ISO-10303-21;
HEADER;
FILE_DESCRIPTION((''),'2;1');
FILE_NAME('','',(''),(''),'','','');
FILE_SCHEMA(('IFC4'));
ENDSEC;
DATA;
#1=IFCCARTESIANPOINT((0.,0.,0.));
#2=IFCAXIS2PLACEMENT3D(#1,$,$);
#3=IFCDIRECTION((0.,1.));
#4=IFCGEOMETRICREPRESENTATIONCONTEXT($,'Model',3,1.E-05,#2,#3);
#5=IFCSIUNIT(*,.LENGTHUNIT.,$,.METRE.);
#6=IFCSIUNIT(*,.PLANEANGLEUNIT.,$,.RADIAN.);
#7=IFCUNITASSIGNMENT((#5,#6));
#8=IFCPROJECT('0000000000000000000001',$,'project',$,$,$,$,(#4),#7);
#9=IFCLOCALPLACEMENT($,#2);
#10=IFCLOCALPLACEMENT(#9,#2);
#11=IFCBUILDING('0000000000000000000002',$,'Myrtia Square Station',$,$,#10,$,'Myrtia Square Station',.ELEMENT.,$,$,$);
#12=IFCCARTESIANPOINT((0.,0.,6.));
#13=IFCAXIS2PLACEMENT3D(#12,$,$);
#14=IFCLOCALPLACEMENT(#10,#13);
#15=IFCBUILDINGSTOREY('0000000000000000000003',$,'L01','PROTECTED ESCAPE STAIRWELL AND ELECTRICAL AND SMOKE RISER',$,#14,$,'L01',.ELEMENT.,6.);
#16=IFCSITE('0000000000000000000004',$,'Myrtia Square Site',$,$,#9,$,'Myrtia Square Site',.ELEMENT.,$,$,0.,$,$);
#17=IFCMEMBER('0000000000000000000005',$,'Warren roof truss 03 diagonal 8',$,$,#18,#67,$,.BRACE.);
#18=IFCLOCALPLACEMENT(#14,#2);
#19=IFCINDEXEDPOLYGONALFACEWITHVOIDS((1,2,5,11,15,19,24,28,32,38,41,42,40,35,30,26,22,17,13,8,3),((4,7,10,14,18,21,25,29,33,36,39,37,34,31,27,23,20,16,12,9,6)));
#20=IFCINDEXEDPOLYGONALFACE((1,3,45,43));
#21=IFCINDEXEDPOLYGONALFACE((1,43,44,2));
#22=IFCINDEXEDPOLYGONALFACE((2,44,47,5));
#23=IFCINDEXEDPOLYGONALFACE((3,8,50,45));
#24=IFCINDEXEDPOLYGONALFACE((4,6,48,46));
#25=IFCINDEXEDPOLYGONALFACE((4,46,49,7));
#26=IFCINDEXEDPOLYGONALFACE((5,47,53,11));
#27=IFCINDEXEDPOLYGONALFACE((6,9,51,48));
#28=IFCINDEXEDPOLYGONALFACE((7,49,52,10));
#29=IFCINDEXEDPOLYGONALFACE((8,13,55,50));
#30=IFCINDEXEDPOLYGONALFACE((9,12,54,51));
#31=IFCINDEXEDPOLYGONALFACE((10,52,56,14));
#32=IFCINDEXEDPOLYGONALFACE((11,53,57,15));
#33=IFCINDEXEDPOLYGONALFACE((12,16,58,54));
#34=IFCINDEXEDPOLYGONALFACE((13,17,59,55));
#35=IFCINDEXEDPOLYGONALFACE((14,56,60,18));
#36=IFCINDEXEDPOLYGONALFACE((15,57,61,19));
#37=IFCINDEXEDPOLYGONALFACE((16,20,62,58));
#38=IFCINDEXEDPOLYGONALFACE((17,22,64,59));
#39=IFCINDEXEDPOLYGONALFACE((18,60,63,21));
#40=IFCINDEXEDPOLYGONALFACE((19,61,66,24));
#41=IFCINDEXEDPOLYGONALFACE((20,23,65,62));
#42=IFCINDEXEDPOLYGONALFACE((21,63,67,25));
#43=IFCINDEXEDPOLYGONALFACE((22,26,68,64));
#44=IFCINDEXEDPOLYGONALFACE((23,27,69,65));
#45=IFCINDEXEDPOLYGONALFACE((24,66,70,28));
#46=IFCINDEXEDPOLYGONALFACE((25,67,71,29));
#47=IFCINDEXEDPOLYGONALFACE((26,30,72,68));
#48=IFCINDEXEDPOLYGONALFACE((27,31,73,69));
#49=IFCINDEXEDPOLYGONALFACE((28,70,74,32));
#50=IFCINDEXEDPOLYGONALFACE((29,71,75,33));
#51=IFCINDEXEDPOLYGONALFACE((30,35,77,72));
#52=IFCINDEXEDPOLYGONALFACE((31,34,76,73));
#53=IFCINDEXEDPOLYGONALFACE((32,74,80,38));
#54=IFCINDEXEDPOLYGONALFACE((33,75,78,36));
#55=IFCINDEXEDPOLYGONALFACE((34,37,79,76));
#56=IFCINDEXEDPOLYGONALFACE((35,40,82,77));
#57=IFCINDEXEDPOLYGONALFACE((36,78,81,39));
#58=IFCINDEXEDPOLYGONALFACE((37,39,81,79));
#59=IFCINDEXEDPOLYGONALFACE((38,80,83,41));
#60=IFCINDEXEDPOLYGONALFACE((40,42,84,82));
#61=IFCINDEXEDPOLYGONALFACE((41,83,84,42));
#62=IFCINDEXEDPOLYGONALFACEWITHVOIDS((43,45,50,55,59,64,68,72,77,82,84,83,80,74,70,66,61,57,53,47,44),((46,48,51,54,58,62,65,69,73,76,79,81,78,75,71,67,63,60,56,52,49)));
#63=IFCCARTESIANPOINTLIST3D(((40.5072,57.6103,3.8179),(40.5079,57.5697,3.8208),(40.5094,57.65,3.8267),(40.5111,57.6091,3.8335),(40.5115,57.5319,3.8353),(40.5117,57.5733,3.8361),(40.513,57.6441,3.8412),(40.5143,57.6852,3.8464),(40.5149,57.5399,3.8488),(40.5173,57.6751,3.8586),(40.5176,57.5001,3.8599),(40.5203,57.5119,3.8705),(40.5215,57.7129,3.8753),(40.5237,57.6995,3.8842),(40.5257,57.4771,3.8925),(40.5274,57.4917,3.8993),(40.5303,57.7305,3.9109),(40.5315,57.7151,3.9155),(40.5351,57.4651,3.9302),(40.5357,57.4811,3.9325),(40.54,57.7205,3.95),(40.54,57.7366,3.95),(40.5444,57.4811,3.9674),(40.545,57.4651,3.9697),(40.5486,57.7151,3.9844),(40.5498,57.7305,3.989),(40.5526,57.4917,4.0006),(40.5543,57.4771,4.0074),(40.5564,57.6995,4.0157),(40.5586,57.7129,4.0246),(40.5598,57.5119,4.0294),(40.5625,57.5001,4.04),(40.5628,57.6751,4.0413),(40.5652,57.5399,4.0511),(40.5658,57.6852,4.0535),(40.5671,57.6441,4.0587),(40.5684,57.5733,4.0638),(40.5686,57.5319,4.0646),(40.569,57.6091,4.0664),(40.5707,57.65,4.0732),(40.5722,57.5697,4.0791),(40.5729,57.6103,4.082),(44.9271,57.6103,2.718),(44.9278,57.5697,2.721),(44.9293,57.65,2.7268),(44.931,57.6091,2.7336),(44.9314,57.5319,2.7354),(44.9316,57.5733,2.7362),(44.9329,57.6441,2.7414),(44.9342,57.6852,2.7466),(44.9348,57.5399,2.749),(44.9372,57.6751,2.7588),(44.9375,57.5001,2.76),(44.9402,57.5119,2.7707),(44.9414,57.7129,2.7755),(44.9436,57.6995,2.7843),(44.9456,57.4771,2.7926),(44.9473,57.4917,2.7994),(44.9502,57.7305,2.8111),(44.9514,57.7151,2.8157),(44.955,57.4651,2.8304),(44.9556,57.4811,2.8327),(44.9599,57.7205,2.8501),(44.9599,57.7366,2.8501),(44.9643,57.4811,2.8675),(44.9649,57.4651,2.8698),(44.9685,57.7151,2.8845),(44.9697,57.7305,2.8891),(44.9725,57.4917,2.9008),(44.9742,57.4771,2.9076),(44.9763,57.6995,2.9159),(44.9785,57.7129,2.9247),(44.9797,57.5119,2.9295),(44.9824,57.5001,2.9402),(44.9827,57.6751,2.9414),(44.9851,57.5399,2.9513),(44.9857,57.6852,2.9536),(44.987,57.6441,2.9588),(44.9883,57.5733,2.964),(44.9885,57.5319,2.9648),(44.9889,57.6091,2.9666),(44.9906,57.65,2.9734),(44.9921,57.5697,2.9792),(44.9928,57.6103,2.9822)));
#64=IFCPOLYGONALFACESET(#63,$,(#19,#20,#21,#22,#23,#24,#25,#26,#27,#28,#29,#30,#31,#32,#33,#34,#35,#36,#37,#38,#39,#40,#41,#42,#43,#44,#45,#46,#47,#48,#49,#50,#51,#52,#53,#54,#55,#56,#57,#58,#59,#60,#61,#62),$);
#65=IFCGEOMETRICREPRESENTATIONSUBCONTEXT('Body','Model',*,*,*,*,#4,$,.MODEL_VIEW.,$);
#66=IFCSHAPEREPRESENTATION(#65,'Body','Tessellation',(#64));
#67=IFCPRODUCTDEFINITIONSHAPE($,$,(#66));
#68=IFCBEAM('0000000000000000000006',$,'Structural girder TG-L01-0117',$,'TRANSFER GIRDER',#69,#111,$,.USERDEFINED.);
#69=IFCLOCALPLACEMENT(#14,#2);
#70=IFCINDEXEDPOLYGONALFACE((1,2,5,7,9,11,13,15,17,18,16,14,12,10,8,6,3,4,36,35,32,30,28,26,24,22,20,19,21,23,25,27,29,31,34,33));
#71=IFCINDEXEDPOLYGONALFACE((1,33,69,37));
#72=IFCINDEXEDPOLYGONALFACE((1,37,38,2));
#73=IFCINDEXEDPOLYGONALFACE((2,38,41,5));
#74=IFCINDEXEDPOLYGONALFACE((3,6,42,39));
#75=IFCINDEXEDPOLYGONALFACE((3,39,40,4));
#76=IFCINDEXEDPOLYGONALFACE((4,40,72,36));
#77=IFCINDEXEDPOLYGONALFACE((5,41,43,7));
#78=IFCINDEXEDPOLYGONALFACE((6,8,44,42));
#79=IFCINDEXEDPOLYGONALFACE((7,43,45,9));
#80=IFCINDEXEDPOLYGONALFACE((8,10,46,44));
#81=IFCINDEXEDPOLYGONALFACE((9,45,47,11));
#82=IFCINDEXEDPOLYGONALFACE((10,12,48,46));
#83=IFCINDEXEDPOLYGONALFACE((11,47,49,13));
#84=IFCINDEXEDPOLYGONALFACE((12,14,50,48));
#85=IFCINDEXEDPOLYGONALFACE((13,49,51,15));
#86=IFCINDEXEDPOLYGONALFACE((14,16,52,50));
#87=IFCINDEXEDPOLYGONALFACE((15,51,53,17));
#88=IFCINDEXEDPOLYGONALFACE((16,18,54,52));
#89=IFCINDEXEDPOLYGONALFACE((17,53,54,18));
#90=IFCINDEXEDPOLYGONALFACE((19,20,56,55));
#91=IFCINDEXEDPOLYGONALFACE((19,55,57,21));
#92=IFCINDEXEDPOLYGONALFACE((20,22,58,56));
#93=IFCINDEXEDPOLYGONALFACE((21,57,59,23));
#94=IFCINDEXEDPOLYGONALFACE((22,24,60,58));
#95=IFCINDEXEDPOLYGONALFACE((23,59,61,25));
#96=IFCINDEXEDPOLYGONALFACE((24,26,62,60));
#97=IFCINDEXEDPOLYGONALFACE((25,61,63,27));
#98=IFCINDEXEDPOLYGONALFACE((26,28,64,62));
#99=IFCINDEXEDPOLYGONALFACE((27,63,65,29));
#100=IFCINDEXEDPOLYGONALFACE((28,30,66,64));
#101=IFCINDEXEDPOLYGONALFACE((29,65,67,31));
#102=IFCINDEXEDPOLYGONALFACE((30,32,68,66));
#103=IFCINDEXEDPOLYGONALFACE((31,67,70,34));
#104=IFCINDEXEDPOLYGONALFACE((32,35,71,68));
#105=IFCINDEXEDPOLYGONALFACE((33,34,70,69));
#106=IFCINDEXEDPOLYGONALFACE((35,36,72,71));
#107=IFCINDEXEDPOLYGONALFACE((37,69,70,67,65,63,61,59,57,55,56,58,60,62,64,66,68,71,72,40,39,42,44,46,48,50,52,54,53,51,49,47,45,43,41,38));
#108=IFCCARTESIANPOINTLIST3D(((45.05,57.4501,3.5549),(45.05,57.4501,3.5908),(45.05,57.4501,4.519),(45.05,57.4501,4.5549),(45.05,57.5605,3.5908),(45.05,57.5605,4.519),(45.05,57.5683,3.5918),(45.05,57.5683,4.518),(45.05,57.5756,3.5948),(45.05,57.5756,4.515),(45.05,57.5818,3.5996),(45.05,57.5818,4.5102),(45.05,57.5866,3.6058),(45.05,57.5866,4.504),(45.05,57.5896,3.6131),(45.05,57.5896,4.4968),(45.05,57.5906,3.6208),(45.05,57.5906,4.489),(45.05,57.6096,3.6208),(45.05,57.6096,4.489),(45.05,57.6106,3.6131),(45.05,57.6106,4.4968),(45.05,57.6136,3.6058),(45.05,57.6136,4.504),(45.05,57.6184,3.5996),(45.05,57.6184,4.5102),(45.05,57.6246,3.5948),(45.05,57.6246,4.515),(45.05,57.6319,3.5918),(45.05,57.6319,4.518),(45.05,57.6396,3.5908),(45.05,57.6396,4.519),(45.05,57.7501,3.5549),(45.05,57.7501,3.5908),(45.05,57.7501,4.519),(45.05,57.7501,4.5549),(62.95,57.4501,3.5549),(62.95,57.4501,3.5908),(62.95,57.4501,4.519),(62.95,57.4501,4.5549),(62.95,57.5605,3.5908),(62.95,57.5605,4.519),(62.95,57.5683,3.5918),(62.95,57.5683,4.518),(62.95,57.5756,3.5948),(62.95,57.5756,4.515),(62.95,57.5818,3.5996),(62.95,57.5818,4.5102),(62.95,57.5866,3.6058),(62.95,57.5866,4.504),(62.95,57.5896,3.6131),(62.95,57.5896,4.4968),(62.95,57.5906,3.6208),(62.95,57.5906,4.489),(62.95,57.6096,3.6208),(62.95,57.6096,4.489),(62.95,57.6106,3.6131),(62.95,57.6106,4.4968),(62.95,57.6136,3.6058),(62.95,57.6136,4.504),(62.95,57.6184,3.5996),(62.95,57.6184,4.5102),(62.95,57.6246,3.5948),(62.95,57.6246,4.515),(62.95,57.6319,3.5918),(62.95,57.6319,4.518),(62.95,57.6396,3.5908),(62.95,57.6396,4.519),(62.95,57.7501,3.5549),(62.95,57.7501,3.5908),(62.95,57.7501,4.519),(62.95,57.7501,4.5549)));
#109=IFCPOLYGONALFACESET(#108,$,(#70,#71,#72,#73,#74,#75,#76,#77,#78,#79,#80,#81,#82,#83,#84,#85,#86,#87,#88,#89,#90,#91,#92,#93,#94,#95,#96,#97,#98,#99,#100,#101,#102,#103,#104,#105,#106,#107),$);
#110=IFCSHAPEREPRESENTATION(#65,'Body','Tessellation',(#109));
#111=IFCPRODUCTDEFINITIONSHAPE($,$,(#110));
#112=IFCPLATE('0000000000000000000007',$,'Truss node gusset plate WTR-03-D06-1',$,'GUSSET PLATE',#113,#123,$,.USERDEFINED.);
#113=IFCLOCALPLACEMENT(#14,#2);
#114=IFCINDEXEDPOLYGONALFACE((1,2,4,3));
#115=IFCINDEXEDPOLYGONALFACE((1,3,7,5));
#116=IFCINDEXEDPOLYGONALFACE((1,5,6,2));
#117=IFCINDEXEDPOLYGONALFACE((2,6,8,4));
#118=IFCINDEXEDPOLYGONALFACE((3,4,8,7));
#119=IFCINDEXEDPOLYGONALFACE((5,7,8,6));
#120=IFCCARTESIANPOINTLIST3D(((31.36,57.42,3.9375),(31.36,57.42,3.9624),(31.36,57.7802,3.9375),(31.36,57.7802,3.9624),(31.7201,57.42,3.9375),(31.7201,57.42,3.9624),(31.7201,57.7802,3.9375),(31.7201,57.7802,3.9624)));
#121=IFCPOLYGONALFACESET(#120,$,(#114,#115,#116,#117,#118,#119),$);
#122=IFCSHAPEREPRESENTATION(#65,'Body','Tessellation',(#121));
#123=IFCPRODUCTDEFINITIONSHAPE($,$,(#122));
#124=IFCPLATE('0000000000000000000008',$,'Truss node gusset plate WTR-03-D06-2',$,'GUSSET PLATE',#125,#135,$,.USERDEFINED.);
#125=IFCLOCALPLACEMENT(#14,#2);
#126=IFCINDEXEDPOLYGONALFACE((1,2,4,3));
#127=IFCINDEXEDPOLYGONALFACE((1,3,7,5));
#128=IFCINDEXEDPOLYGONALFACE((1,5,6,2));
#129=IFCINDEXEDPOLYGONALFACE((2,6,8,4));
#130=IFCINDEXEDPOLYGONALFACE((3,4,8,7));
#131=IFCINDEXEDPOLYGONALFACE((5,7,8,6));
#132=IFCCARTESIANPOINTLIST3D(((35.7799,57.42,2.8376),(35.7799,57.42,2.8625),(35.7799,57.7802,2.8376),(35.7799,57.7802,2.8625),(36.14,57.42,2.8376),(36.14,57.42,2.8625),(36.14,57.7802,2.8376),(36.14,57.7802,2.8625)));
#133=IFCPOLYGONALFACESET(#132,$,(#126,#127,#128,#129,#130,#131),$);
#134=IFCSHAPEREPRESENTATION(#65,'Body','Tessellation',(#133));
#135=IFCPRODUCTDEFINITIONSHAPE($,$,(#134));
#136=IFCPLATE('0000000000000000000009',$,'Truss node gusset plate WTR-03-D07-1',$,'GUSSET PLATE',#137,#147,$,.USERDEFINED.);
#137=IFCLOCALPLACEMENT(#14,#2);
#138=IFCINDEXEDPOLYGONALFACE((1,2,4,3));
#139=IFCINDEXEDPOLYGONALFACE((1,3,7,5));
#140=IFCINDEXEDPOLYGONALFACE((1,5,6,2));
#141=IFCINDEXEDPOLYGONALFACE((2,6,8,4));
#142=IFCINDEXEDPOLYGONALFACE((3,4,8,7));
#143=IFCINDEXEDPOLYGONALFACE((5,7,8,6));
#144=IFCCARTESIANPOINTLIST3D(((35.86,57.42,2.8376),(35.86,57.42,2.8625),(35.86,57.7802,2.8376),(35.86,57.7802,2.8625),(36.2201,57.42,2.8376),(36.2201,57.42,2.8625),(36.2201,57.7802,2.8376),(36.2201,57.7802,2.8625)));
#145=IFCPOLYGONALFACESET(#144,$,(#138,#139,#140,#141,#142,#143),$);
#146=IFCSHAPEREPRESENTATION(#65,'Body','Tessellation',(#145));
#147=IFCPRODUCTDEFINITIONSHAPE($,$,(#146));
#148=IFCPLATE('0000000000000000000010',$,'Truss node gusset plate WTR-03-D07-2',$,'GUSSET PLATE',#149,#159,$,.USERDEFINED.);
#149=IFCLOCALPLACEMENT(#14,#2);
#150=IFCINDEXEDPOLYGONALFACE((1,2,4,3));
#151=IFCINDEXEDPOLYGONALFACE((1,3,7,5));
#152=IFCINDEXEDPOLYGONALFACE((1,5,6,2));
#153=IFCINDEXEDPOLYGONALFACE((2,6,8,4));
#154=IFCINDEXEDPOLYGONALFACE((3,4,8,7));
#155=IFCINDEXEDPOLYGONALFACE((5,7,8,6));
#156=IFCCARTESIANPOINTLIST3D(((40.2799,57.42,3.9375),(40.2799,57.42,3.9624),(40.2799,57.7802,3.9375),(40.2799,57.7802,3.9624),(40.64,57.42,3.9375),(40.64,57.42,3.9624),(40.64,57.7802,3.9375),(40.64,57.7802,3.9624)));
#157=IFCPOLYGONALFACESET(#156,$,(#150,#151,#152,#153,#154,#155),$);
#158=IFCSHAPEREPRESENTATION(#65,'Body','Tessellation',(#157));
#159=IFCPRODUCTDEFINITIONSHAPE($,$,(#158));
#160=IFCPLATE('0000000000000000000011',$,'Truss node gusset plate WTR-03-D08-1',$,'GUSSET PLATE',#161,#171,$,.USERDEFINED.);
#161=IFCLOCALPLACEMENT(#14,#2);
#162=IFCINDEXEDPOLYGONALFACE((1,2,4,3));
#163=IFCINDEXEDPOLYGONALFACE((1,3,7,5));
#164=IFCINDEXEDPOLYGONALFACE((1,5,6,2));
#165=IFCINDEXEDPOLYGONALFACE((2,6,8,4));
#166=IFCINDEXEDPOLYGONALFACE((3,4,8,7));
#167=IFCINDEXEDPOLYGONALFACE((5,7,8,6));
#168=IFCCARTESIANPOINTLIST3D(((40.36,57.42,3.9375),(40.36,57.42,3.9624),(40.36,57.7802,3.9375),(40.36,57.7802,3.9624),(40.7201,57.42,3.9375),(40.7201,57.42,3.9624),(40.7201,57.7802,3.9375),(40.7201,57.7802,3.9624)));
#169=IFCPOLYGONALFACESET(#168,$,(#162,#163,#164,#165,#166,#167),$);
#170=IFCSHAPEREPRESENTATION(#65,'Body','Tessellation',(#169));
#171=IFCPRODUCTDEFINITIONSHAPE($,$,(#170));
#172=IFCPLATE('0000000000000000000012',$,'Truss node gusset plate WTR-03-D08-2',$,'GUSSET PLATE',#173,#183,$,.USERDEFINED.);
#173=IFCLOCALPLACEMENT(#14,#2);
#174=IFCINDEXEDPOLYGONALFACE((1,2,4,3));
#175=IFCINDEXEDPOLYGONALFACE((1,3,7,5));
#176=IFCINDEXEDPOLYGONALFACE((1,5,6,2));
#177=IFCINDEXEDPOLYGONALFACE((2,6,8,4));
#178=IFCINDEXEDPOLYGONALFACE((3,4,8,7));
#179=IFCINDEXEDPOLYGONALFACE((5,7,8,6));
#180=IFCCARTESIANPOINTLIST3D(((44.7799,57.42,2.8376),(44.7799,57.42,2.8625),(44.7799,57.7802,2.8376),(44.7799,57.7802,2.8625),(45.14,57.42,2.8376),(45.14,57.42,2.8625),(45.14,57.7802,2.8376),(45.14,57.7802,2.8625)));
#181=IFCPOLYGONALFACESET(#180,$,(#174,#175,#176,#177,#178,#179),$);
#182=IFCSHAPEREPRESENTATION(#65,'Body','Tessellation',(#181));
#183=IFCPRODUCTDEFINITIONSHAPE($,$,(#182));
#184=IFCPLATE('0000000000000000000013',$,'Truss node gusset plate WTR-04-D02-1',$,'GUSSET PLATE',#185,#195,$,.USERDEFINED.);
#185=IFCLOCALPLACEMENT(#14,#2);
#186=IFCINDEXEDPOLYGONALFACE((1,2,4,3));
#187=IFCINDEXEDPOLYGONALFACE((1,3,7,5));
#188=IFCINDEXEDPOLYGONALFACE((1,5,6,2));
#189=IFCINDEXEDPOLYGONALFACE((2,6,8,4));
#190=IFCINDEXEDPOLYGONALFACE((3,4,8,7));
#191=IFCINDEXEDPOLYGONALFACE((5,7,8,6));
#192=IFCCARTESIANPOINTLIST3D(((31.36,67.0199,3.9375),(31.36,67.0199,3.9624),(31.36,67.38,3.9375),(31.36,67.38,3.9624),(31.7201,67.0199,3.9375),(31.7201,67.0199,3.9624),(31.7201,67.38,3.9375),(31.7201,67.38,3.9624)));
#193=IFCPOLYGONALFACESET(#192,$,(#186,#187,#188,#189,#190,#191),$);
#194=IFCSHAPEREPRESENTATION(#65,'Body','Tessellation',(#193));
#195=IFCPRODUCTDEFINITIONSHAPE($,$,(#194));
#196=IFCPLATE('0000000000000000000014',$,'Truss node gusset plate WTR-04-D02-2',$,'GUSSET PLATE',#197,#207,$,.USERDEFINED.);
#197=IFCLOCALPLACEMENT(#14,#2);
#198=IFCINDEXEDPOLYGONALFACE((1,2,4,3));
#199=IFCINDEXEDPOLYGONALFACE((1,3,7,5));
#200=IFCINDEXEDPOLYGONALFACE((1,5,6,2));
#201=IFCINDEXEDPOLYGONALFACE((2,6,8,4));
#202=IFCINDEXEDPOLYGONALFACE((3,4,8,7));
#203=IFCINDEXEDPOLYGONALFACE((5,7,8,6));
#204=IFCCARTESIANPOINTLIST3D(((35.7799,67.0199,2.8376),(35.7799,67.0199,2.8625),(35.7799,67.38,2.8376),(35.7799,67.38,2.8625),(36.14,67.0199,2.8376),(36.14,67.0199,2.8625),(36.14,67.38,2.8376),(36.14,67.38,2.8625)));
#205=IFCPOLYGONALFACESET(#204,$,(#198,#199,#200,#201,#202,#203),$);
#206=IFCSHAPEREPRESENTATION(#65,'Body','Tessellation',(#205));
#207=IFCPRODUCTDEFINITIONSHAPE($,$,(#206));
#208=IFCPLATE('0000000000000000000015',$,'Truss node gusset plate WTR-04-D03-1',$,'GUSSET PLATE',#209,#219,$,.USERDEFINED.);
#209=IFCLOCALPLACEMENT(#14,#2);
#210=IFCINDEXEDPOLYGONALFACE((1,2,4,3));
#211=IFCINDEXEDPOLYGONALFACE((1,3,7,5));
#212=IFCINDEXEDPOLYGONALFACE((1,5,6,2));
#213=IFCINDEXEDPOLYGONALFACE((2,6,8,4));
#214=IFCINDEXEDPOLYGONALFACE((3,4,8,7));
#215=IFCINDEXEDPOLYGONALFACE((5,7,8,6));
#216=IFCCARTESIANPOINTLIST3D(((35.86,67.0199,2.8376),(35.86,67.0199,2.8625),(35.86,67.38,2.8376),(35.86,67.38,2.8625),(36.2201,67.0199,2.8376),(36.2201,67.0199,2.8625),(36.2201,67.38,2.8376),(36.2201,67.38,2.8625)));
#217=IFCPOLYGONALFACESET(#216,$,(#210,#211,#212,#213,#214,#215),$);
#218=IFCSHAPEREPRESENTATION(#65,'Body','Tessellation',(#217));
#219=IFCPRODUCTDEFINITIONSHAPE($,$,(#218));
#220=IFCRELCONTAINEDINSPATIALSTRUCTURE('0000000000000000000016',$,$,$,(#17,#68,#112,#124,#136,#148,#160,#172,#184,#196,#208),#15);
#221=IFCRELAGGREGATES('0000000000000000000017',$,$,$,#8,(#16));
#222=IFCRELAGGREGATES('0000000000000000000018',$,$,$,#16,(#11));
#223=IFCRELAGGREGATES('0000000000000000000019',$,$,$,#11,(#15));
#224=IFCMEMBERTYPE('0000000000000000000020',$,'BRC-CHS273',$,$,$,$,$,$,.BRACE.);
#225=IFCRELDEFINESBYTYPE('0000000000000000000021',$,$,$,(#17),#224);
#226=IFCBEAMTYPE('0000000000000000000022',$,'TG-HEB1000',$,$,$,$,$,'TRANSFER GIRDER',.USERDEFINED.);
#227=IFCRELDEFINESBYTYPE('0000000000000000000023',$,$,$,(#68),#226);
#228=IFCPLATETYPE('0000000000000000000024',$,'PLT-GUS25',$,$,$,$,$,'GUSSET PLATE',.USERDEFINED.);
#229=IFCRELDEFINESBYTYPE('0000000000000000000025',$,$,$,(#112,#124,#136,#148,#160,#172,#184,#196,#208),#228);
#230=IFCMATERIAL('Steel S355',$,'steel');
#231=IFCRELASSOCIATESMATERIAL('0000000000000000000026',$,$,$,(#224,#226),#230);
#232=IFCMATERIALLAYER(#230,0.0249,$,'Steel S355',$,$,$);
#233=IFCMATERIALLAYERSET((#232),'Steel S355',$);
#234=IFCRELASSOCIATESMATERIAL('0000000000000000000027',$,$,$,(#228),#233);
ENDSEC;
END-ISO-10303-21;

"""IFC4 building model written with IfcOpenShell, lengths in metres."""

from ifc_helpers import new_model, si_unit, direction, frame, origin, origin_2d, place, context, subcontext, project, spatial, rectangle, hollow_circle, i_section, extrude, material, layer, layer_set, material_profile, profile_set, type_object, element, save


model = new_model("IFC4")

# Units and contexts
model_context = context("Model", 3, precision=1e-05, world=origin(), true_north=direction((0.0, 1.0)))
body_context = subcontext(model_context, "Body", "Model", "MODEL_VIEW")
ifc_project = project(units=[si_unit("LENGTHUNIT", "METRE"), si_unit("PLANEANGLEUNIT", "RADIAN")], contexts=[model_context])

# Site, building, storey
site_placement = place(None, origin())
site = spatial("IfcSite", under=ifc_project, at=site_placement, Name="Myrtia Square Site", LongName="Myrtia Square Site", CompositionType="ELEMENT", RefElevation=0.0)
building_placement = place(site_placement, origin())
building = spatial("IfcBuilding", under=site, at=building_placement, Name="Myrtia Square Station", LongName="Myrtia Square Station", CompositionType="ELEMENT")
storey_placement = place(building_placement, frame((0.0, 0.0, 6.0)))
storey = spatial("IfcBuildingStorey", under=building, at=storey_placement, Name="L01", Description="PROTECTED ESCAPE STAIRWELL AND ELECTRICAL AND SMOKE RISER", LongName="L01", CompositionType="ELEMENT", Elevation=6.0)

# Shared definitions
ifc_material_1 = material(Name="Steel S355", Category="steel")

# Member
ifc_material_profile_1 = material_profile(ifc_material_1, hollow_circle(Radius=0.1365, WallThickness=0.0161, at=origin_2d()), Name="CHS 273x16")
ifc_profile_set_1 = profile_set([ifc_material_profile_1], Name="Steel S355")
member_type_1 = type_object("IfcMemberType", Name="BRC-CHS273", PredefinedType="BRACE", material=ifc_profile_set_1)
member_placement = place(storey_placement, frame((40.54, 57.6001, 3.95), z_axis=(0.970407, 0.0, -0.241476), x_axis=(0.0, 1.0, 0.0)))
element("IfcMember", 1, at=member_placement, inside=storey, type_object=member_type_1, Name="Warren roof truss 03 diagonal 8", PredefinedType="BRACE", context=body_context, shape_type="SweptSolid", body=[
    extrude(hollow_circle(Radius=0.1365, WallThickness=0.0161, at=origin_2d()), origin(), (0.0, 0.0, 1.0), 4.5547),
])

# Beam
ifc_material_profile_2 = material_profile(ifc_material_1, i_section(OverallWidth=0.3, OverallDepth=1.0, WebThickness=0.019, FlangeThickness=0.0359, FilletRadius=0.03, at=origin_2d()), Name="HEB 1000")
ifc_profile_set_2 = profile_set([ifc_material_profile_2], Name="Steel S355")
beam_type_1 = type_object("IfcBeamType", Name="TG-HEB1000", ElementType="TRANSFER GIRDER", PredefinedType="USERDEFINED", material=ifc_profile_set_2)
beam_1_placement = place(storey_placement, frame((45.05, 57.6001, 4.0549), z_axis=(1.0, 0.0, 0.0), x_axis=(0.0, 1.0, 0.0)))
element("IfcBeam", 2, at=beam_1_placement, inside=storey, type_object=beam_type_1, Name="Structural girder TG-L01-0117", ObjectType="TRANSFER GIRDER", PredefinedType="USERDEFINED", context=body_context, shape_type="SweptSolid", body=[
    extrude(i_section(OverallWidth=0.3, OverallDepth=1.0, WebThickness=0.019, FlangeThickness=0.0359, FilletRadius=0.03, at=origin_2d()), origin(), (0.0, 0.0, 1.0), 17.8999),
])

# Plates
ifc_layer = layer(ifc_material_1, 0.0249, Name="Steel S355")
ifc_layer_set = layer_set([ifc_layer], Name="Steel S355")
plate_type = type_object("IfcPlateType", Name="PLT-GUS25", ElementType="GUSSET PLATE", PredefinedType="USERDEFINED", material=ifc_layer_set)
for number, where, z_axis, x_axis, name in (
    (3, (31.54, 57.6001, 3.9375), (0.0, 0.0, 1.0), (1.0, 0.0, 0.0), "Truss node gusset plate WTR-03-D06-1"),
    (4, (35.96, 57.6001, 2.8376), (0.0, 0.0, 1.0), (1.0, 0.0, 0.0), "Truss node gusset plate WTR-03-D06-2"),
    (5, (36.04, 57.6001, 2.8376), (0.0, 0.0, 1.0), (1.0, 0.0, 0.0), "Truss node gusset plate WTR-03-D07-1"),
    (6, (40.46, 57.6001, 3.9375), (0.0, 0.0, 1.0), (1.0, 0.0, 0.0), "Truss node gusset plate WTR-03-D07-2"),
    (7, (40.54, 57.6001, 3.9375), (0.0, 0.0, 1.0), (1.0, 0.0, 0.0), "Truss node gusset plate WTR-03-D08-1"),
    (8, (44.96, 57.6001, 2.8376), (0.0, 0.0, 1.0), (1.0, 0.0, 0.0), "Truss node gusset plate WTR-03-D08-2"),
    (9, (31.54, 67.2, 3.9375), (0.0, 0.0, 1.0), (1.0, 0.0, 0.0), "Truss node gusset plate WTR-04-D02-1"),
    (10, (35.96, 67.2, 2.8376), (0.0, 0.0, 1.0), (1.0, 0.0, 0.0), "Truss node gusset plate WTR-04-D02-2"),
    (11, (36.04, 67.2, 2.8376), (0.0, 0.0, 1.0), (1.0, 0.0, 0.0), "Truss node gusset plate WTR-04-D03-1"),
):
    element("IfcPlate", number, at=place(storey_placement, frame(where, z_axis=z_axis, x_axis=x_axis)), inside=storey, type_object=plate_type, Name=name, ObjectType="GUSSET PLATE", PredefinedType="USERDEFINED", context=body_context, shape_type="SweptSolid", body=[
        extrude(rectangle(XDim=0.3601, YDim=0.3601, at=origin_2d()), origin(), (0.0, 0.0, 1.0), 0.0249),
    ])

save(model, "model.ifc")
